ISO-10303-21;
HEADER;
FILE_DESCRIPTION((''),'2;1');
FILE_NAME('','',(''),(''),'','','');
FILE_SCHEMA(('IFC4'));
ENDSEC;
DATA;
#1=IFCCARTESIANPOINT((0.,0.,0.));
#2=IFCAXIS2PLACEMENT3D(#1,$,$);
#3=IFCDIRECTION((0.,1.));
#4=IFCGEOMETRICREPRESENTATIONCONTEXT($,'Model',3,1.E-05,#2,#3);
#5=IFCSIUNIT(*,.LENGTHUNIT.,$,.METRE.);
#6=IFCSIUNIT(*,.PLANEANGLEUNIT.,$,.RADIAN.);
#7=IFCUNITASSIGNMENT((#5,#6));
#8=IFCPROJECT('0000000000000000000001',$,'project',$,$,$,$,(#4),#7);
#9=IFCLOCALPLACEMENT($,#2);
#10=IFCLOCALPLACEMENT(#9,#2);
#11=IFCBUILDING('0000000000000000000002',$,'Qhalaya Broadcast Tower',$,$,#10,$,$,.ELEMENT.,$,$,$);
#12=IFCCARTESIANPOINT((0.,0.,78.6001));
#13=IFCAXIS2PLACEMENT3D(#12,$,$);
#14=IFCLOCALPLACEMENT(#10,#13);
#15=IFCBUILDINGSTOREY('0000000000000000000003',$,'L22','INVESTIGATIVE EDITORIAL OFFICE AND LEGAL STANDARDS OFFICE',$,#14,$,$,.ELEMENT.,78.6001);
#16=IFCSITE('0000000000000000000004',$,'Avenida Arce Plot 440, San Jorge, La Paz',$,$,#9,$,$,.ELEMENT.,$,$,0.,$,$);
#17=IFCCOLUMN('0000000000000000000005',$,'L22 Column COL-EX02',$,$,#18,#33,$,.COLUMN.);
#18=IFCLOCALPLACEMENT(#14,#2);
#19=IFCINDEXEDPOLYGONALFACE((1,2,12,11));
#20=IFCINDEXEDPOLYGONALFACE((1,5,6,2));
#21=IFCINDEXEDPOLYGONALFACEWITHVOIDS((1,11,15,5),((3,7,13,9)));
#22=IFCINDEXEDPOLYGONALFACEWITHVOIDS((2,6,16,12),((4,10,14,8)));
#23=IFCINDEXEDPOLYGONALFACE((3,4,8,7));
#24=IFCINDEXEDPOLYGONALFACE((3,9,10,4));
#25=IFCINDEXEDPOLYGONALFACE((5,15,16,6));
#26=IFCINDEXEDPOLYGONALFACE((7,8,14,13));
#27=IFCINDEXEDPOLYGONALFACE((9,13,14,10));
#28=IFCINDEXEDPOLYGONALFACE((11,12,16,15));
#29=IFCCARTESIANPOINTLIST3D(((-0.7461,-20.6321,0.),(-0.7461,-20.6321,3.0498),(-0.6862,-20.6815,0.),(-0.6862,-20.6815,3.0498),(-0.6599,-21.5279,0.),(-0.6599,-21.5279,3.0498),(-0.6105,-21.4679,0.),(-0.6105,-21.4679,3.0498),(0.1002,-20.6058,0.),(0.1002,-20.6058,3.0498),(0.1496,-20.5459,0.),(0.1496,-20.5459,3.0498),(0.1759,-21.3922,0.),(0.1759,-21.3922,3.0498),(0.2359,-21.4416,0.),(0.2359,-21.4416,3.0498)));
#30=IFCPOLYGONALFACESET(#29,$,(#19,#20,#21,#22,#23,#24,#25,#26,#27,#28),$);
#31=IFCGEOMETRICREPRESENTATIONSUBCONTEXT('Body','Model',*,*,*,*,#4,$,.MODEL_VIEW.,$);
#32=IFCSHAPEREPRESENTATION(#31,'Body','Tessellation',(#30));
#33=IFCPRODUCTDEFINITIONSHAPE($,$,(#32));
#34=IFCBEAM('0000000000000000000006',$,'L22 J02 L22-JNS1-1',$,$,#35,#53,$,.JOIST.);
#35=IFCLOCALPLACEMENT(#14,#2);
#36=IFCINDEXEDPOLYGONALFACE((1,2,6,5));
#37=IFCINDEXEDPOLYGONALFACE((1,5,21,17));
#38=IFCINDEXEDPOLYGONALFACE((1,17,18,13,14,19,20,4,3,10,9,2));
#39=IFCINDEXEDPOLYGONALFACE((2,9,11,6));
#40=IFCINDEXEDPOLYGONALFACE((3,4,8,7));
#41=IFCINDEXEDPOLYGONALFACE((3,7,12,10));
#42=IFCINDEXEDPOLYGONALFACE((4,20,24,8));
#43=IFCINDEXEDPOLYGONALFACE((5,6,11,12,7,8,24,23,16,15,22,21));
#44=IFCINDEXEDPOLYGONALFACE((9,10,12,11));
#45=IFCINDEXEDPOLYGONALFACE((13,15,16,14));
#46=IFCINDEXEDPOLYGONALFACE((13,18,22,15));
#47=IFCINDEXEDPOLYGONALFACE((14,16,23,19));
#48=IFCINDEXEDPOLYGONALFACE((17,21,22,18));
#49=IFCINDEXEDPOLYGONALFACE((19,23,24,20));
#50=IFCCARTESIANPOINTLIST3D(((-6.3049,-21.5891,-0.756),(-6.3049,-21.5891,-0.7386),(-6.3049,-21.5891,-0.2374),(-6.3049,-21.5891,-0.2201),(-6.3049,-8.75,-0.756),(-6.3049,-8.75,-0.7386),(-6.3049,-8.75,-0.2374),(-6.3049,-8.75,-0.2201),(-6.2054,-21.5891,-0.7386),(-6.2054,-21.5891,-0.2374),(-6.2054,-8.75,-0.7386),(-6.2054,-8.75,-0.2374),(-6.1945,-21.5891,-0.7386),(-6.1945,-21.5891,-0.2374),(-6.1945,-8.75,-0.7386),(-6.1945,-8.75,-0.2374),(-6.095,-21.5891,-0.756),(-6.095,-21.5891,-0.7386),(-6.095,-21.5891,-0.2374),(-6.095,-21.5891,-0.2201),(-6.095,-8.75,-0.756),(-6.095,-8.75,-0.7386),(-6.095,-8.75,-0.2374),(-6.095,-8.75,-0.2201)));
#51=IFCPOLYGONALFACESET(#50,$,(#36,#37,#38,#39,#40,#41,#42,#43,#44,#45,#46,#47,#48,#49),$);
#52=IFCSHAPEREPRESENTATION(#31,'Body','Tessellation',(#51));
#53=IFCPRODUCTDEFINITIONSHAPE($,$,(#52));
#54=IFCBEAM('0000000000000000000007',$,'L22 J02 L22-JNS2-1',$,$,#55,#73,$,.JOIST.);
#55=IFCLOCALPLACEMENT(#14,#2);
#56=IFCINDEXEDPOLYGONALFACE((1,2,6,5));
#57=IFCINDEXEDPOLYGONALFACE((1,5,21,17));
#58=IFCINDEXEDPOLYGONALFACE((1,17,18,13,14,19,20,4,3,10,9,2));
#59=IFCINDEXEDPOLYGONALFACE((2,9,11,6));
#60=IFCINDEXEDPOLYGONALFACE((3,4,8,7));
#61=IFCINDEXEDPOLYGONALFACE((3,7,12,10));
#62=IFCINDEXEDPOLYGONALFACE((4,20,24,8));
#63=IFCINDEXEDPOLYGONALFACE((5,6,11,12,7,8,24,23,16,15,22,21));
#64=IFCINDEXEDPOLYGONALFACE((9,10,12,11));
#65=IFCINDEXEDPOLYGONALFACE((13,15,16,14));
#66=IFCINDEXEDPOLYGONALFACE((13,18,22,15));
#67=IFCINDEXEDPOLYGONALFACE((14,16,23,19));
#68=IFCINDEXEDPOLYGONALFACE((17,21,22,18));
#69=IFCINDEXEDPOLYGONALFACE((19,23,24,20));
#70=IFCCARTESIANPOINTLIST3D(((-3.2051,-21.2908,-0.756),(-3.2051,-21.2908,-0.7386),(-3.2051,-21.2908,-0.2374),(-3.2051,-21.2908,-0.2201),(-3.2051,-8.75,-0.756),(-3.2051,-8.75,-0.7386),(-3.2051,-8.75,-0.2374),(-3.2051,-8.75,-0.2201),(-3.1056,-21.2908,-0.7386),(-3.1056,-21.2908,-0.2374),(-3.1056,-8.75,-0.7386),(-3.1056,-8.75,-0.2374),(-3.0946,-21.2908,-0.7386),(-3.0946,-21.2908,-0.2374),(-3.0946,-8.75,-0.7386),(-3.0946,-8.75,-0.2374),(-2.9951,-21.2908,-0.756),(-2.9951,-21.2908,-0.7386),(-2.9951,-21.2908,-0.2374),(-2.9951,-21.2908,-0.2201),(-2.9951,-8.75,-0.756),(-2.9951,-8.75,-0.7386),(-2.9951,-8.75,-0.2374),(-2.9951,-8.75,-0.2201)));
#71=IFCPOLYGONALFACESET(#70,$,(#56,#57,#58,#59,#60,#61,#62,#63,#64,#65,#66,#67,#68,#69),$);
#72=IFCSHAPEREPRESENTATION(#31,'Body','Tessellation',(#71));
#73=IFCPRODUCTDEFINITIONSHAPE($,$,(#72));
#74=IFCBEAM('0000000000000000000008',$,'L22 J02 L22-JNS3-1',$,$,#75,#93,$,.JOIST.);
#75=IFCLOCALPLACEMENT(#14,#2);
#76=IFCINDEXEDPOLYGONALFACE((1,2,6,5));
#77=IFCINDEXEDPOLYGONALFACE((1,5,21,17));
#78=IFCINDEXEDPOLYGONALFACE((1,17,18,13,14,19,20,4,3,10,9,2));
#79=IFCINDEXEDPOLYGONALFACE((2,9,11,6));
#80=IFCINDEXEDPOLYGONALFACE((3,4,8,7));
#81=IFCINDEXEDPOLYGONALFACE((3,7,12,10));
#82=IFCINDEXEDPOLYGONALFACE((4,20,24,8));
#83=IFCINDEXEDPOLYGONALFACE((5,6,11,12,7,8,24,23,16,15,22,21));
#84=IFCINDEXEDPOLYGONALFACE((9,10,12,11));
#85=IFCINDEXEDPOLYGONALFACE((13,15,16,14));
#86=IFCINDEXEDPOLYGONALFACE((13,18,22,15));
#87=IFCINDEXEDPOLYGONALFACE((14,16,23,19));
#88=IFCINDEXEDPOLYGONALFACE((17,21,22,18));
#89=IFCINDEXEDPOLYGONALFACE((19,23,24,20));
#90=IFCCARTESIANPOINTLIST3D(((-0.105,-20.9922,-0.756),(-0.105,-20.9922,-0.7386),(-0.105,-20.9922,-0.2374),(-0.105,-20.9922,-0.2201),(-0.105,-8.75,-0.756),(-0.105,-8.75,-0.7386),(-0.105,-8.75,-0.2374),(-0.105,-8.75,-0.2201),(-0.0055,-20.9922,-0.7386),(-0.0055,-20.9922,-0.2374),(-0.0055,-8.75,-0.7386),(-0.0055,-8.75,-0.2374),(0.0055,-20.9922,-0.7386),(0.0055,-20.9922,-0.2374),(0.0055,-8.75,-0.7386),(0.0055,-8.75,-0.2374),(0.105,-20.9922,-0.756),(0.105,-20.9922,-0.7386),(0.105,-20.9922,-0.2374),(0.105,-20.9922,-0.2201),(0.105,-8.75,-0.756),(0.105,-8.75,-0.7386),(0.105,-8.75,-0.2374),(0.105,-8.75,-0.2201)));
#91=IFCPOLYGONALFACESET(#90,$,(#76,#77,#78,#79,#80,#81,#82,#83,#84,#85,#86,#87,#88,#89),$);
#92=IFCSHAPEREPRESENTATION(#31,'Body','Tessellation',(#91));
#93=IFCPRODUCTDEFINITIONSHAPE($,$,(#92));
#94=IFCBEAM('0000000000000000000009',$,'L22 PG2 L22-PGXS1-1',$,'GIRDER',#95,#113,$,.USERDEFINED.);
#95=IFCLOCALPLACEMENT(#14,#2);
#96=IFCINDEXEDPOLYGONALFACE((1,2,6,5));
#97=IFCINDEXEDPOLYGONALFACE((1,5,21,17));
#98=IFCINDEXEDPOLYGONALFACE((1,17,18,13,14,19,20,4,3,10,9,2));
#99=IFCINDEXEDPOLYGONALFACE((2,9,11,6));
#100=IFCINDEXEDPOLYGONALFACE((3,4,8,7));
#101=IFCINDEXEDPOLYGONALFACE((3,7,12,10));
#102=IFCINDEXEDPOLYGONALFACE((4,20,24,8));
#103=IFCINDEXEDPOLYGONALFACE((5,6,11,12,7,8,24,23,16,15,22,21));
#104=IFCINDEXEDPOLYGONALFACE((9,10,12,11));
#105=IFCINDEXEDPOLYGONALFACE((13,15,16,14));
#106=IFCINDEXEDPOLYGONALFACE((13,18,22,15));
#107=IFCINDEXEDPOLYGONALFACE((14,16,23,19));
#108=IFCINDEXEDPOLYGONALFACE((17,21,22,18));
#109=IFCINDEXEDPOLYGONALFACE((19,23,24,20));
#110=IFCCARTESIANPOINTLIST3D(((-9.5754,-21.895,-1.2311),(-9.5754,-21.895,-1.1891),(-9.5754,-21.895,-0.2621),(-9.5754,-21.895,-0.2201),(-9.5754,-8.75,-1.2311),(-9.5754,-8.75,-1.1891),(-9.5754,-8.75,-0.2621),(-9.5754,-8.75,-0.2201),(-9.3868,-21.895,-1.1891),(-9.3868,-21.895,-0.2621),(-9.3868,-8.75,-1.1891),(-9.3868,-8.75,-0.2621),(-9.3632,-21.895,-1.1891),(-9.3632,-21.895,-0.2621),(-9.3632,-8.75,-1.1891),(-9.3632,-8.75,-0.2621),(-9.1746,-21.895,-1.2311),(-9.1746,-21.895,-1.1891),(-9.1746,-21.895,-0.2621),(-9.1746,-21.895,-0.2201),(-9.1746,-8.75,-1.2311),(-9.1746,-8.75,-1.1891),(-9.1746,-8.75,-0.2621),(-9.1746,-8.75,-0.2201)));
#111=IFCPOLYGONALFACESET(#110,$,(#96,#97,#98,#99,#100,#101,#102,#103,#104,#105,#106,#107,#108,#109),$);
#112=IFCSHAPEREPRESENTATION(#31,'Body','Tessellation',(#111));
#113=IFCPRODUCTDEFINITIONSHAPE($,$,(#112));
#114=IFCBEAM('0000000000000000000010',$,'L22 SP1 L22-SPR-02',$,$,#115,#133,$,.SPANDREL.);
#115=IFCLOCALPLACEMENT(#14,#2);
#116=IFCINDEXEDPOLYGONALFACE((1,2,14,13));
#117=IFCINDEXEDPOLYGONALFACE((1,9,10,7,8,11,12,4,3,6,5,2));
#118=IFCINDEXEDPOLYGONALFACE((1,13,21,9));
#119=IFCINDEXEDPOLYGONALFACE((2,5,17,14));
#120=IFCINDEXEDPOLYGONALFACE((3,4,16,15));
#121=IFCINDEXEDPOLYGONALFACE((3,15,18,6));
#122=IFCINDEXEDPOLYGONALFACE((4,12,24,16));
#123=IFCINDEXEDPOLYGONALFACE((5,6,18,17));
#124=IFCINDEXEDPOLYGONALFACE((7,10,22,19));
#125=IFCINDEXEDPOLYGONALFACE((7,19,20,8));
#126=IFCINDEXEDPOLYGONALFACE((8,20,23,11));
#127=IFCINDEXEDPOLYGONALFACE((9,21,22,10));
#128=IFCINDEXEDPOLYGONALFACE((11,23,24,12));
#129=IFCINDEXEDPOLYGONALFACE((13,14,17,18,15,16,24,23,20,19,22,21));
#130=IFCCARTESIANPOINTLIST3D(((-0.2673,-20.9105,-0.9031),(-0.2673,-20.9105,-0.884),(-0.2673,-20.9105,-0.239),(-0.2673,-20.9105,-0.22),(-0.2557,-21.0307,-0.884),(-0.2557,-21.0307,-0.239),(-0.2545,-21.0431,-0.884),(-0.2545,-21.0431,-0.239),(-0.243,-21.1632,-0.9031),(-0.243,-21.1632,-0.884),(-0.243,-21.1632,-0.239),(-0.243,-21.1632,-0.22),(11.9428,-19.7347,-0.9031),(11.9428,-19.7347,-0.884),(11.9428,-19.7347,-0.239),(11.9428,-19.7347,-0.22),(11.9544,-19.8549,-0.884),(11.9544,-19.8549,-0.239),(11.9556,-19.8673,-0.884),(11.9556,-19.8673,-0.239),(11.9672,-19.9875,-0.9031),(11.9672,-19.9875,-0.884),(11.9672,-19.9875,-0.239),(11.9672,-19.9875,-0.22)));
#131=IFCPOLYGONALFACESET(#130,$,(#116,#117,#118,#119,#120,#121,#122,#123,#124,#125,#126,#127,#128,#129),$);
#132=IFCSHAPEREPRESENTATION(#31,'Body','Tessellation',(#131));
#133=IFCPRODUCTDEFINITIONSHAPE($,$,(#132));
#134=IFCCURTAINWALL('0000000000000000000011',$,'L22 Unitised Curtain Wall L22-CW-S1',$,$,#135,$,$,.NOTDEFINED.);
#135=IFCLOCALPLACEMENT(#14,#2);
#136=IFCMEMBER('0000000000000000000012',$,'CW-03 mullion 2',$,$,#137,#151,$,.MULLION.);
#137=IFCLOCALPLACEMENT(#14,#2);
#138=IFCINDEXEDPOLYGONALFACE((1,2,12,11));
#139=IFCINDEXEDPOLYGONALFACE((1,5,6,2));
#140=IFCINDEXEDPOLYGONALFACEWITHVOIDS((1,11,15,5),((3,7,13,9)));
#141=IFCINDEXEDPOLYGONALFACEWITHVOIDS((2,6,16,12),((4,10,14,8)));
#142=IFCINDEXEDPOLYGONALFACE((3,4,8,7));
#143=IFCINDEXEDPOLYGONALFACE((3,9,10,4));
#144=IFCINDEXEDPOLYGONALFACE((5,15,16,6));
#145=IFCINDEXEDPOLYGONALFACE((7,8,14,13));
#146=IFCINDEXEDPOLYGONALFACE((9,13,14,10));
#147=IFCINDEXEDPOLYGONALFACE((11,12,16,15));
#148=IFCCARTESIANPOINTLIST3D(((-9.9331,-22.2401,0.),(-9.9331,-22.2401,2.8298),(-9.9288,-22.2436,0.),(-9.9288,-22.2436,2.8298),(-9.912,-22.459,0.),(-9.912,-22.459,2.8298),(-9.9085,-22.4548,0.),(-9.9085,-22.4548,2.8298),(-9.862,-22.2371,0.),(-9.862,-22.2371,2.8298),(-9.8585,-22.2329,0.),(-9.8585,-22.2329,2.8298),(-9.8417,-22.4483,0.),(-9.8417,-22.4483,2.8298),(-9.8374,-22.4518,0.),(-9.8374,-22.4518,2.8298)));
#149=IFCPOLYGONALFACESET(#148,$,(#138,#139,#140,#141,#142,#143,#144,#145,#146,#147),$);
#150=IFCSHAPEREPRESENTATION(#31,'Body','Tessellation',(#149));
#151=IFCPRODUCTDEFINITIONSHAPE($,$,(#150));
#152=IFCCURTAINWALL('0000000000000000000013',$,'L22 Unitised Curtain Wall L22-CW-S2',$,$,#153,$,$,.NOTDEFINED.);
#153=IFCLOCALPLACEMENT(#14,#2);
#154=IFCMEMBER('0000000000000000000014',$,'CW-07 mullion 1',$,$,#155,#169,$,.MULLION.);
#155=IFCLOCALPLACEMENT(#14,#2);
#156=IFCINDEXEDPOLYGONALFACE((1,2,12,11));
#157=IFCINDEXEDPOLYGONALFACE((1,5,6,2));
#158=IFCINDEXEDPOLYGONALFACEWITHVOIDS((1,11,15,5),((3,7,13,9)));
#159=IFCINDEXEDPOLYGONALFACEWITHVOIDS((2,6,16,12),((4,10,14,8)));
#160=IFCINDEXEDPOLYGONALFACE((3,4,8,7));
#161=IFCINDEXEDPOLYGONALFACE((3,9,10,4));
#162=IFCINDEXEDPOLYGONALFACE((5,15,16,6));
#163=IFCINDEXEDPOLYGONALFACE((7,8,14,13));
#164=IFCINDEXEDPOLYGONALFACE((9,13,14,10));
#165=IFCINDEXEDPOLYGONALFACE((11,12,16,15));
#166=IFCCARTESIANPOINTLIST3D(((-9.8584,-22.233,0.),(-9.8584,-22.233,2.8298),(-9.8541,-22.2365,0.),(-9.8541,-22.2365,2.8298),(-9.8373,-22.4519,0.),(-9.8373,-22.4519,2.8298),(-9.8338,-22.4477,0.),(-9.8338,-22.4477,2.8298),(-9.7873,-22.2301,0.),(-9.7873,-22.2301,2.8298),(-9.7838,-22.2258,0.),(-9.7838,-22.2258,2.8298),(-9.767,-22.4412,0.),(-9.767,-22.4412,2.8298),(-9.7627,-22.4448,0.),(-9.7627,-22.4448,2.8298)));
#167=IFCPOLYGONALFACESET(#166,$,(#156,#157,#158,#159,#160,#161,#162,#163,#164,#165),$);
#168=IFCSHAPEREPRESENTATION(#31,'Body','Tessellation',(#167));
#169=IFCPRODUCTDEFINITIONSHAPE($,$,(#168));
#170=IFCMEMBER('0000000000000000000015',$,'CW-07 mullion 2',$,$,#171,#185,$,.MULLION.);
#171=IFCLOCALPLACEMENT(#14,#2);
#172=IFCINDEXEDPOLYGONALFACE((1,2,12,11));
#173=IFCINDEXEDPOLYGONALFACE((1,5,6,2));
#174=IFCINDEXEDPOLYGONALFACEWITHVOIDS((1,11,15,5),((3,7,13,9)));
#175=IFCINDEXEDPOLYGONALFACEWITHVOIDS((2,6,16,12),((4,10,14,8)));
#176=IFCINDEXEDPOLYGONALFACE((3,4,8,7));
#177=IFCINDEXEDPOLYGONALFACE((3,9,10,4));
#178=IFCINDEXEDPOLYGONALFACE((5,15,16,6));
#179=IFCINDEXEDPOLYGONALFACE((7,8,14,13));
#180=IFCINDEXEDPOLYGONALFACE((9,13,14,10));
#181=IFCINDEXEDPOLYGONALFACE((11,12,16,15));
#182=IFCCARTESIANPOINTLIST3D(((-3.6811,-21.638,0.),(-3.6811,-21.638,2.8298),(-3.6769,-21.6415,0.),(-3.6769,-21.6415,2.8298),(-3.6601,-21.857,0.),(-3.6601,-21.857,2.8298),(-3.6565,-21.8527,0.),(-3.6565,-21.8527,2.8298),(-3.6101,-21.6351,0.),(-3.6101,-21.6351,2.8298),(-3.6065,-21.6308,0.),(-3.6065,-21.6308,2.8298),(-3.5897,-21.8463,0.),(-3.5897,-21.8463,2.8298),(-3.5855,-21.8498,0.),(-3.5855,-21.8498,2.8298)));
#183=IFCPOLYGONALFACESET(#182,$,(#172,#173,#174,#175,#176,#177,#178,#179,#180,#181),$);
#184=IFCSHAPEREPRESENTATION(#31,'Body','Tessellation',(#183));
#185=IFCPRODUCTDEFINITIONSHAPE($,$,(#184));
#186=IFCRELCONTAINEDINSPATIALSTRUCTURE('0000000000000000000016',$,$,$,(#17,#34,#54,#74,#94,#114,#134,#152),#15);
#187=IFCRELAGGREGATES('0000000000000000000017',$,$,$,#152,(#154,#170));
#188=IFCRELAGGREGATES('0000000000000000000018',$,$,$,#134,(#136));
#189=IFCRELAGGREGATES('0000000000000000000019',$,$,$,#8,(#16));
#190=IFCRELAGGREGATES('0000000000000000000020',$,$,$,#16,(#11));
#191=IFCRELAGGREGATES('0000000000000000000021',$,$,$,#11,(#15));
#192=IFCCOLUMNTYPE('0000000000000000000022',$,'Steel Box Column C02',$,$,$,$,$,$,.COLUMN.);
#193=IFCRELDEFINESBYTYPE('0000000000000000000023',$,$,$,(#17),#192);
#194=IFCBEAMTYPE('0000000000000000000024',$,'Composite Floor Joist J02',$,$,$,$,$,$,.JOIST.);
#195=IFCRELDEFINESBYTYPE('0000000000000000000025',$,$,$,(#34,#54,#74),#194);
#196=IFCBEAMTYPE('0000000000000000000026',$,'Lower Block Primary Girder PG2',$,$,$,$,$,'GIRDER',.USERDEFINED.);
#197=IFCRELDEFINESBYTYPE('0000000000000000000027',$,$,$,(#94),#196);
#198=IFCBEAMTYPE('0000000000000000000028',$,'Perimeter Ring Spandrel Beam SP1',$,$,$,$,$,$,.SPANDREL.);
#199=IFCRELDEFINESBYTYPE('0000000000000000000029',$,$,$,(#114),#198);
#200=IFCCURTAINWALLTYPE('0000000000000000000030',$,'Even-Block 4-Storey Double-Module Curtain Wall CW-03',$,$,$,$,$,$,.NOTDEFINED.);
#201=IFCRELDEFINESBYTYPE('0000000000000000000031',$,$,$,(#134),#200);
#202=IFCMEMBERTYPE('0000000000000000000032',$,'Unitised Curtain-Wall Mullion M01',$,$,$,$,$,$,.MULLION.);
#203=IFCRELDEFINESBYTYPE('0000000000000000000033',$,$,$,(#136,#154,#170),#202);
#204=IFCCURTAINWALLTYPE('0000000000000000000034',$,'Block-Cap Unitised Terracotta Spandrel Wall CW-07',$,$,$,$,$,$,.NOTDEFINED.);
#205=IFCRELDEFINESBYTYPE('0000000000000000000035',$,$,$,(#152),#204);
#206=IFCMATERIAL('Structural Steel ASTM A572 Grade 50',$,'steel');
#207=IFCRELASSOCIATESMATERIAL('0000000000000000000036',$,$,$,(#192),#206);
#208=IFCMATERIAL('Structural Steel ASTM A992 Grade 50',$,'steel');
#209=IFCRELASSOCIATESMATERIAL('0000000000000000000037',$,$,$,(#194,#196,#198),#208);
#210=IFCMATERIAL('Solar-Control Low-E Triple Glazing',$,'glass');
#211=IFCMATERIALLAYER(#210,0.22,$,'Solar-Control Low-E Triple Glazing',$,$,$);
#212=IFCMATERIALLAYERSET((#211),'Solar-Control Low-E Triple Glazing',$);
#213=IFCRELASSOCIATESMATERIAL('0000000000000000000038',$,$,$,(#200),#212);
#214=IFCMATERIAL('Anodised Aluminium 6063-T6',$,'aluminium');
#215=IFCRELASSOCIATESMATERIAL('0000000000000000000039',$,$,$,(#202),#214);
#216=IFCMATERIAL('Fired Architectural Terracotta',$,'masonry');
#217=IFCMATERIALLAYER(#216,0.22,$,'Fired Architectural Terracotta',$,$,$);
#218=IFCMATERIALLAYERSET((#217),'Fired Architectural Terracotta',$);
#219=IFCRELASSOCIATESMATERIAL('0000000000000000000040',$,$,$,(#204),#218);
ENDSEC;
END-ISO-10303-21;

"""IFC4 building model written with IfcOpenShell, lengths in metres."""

from ifc_helpers import new_model, si_unit, direction, frame, origin, origin_2d, place, context, subcontext, project, spatial, hollow_rectangle, i_section, extrude, material, layer, layer_set, material_profile, profile_set, type_object, element, aggregate, save


model = new_model("IFC4")

# Units and contexts
model_context = context("Model", 3, precision=1e-05, world=origin(), true_north=direction((0.0, 1.0)))
body_context = subcontext(model_context, "Body", "Model", "MODEL_VIEW")
ifc_project = project(units=[si_unit("LENGTHUNIT", "METRE"), si_unit("PLANEANGLEUNIT", "RADIAN")], contexts=[model_context])

# Site, building, storey
site_placement = place(None, origin())
site = spatial("IfcSite", under=ifc_project, at=site_placement, Name="Avenida Arce Plot 440, San Jorge, La Paz", CompositionType="ELEMENT", RefElevation=0.0)
building_placement = place(site_placement, origin())
building = spatial("IfcBuilding", under=site, at=building_placement, Name="Qhalaya Broadcast Tower", CompositionType="ELEMENT")
storey_placement = place(building_placement, frame((0.0, 0.0, 78.6001)))
storey = spatial("IfcBuildingStorey", under=building, at=storey_placement, Name="L22", Description="INVESTIGATIVE EDITORIAL OFFICE AND LEGAL STANDARDS OFFICE", CompositionType="ELEMENT", Elevation=78.6001)

# Column
ifc_material_1 = material(Name="Structural Steel ASTM A572 Grade 50", Category="steel")
ifc_material_profile_1 = material_profile(ifc_material_1, hollow_rectangle(XDim=0.8999, YDim=0.8999, WallThickness=0.0549, at=origin_2d()), Name="BOX 900x900x55")
ifc_profile_set_1 = profile_set([ifc_material_profile_1], Name="Structural Steel ASTM A572 Grade 50")
column_type = type_object("IfcColumnType", Name="Steel Box Column C02", PredefinedType="COLUMN", material=ifc_profile_set_1)
column_placement = place(storey_placement, frame((-0.2551, -21.0369, 0.0), z_axis=(0.0, 0.0, 1.0), x_axis=(0.995396, 0.095846, 0.0)))
element("IfcColumn", 1, at=column_placement, inside=storey, type_object=column_type, Name="L22 Column COL-EX02", PredefinedType="COLUMN", context=body_context, shape_type="SweptSolid", body=[
    extrude(hollow_rectangle(XDim=0.8999, YDim=0.8999, WallThickness=0.0549, at=origin_2d()), origin(), (0.0, 0.0, 1.0), 3.0498),
])

# Beams
ifc_material_2 = material(Name="Structural Steel ASTM A992 Grade 50", Category="steel")
ifc_material_profile_2 = material_profile(ifc_material_2, i_section(OverallWidth=0.21, OverallDepth=0.5359, WebThickness=0.011, FlangeThickness=0.0173, at=origin_2d()), Name="W21X68")
ifc_profile_set_2 = profile_set([ifc_material_profile_2], Name="Structural Steel ASTM A992 Grade 50")
beam_type_1 = type_object("IfcBeamType", Name="Composite Floor Joist J02", PredefinedType="JOIST", material=ifc_profile_set_2)
beam_1_placement = place(storey_placement, frame((-6.2, -21.5891, -0.488), z_axis=(0.0, 1.0, 0.0), x_axis=(-1.0, 0.0, 0.0)))
element("IfcBeam", 2, at=beam_1_placement, inside=storey, type_object=beam_type_1, Name="L22 J02 L22-JNS1-1", PredefinedType="JOIST", context=body_context, shape_type="SweptSolid", body=[
    extrude(i_section(OverallWidth=0.21, OverallDepth=0.5359, WebThickness=0.011, FlangeThickness=0.0173, at=origin_2d()), origin(), (0.0, 0.0, 1.0), 12.8391),
])
beam_2_placement = place(storey_placement, frame((-3.1001, -21.2908, -0.488), z_axis=(0.0, 1.0, 0.0), x_axis=(-1.0, 0.0, 0.0)))
element("IfcBeam", 3, at=beam_2_placement, inside=storey, type_object=beam_type_1, Name="L22 J02 L22-JNS2-1", PredefinedType="JOIST", context=body_context, shape_type="SweptSolid", body=[
    extrude(i_section(OverallWidth=0.21, OverallDepth=0.5359, WebThickness=0.011, FlangeThickness=0.0173, at=origin_2d()), origin(), (0.0, 0.0, 1.0), 12.5408),
])
beam_3_placement = place(storey_placement, frame((0.0, -20.9922, -0.488), z_axis=(0.0, 1.0, 0.0), x_axis=(-1.0, 0.0, 0.0)))
element("IfcBeam", 4, at=beam_3_placement, inside=storey, type_object=beam_type_1, Name="L22 J02 L22-JNS3-1", PredefinedType="JOIST", context=body_context, shape_type="SweptSolid", body=[
    extrude(i_section(OverallWidth=0.21, OverallDepth=0.5359, WebThickness=0.011, FlangeThickness=0.0173, at=origin_2d()), origin(), (0.0, 0.0, 1.0), 12.2422),
])
ifc_material_profile_3 = material_profile(ifc_material_2, i_section(OverallWidth=0.4009, OverallDepth=1.011, WebThickness=0.0237, FlangeThickness=0.042, at=origin_2d()), Name="W40X297")
ifc_profile_set_3 = profile_set([ifc_material_profile_3], Name="Structural Steel ASTM A992 Grade 50")
beam_type_2 = type_object("IfcBeamType", Name="Lower Block Primary Girder PG2", ElementType="GIRDER", PredefinedType="USERDEFINED", material=ifc_profile_set_3)
beam_4_placement = place(storey_placement, frame((-9.375, -21.895, -0.7256), z_axis=(0.0, 1.0, 0.0), x_axis=(-1.0, 0.0, 0.0)))
element("IfcBeam", 5, at=beam_4_placement, inside=storey, type_object=beam_type_2, Name="L22 PG2 L22-PGXS1-1", ObjectType="GIRDER", PredefinedType="USERDEFINED", context=body_context, shape_type="SweptSolid", body=[
    extrude(i_section(OverallWidth=0.4009, OverallDepth=1.011, WebThickness=0.0237, FlangeThickness=0.042, at=origin_2d()), origin(), (0.0, 0.0, 1.0), 13.145),
])
ifc_material_profile_4 = material_profile(ifc_material_2, i_section(OverallWidth=0.2539, OverallDepth=0.6831, WebThickness=0.0125, FlangeThickness=0.019, at=origin_2d()), Name="W27X94")
ifc_profile_set_4 = profile_set([ifc_material_profile_4], Name="Structural Steel ASTM A992 Grade 50")
beam_type_3 = type_object("IfcBeamType", Name="Perimeter Ring Spandrel Beam SP1", PredefinedType="SPANDREL", material=ifc_profile_set_4)
beam_5_placement = place(storey_placement, frame((-0.2551, -21.0369, -0.5615), z_axis=(0.995396, 0.095852, 0.0), x_axis=(-0.095852, 0.995396, 0.0)))
element("IfcBeam", 6, at=beam_5_placement, inside=storey, type_object=beam_type_3, Name="L22 SP1 L22-SPR-02", PredefinedType="SPANDREL", context=body_context, shape_type="SweptSolid", body=[
    extrude(i_section(OverallWidth=0.2539, OverallDepth=0.6831, WebThickness=0.0125, FlangeThickness=0.019, at=origin_2d()), origin(), (0.0, 0.0, 1.0), 12.2666),
])

# Curtain wall, member
ifc_material_3 = material(Name="Solar-Control Low-E Triple Glazing", Category="glass")
ifc_layer_1 = layer(ifc_material_3, 0.22, Name="Solar-Control Low-E Triple Glazing")
ifc_layer_set_1 = layer_set([ifc_layer_1], Name="Solar-Control Low-E Triple Glazing")
curtain_wall_type_1 = type_object("IfcCurtainWallType", Name="Even-Block 4-Storey Double-Module Curtain Wall CW-03", PredefinedType="NOTDEFINED", material=ifc_layer_set_1)
curtain_wall_1_placement = place(storey_placement, origin())
curtain_wall_1 = element("IfcCurtainWall", 7, at=curtain_wall_1_placement, inside=storey, type_object=curtain_wall_type_1, Name="L22 Unitised Curtain Wall L22-CW-S1", PredefinedType="NOTDEFINED")
ifc_material_4 = material(Name="Anodised Aluminium 6063-T6", Category="aluminium")
ifc_material_profile_5 = material_profile(ifc_material_4, hollow_rectangle(XDim=0.075, YDim=0.22, WallThickness=0.0039, at=origin_2d()), Name="ALU-MUL 75x220x4")
ifc_profile_set_5 = profile_set([ifc_material_profile_5], Name="Anodised Aluminium 6063-T6")
member_type_1 = type_object("IfcMemberType", Name="Unitised Curtain-Wall Mullion M01", PredefinedType="MULLION", material=ifc_profile_set_5)
member_1_placement = place(storey_placement, frame((-9.8853, -22.3459, 0.0), z_axis=(0.0, 0.0, 1.0), x_axis=(0.995398, 0.095829, 0.0)))
member_1 = element("IfcMember", 8, at=member_1_placement, type_object=member_type_1, Name="CW-03 mullion 2", PredefinedType="MULLION", context=body_context, shape_type="SweptSolid", body=[
    extrude(hollow_rectangle(XDim=0.075, YDim=0.22, WallThickness=0.0039, at=origin_2d()), origin(), (0.0, 0.0, 1.0), 2.8298),
])

# Curtain wall, members
ifc_material_5 = material(Name="Fired Architectural Terracotta", Category="masonry")
ifc_layer_2 = layer(ifc_material_5, 0.22, Name="Fired Architectural Terracotta")
ifc_layer_set_2 = layer_set([ifc_layer_2], Name="Fired Architectural Terracotta")
curtain_wall_type_2 = type_object("IfcCurtainWallType", Name="Block-Cap Unitised Terracotta Spandrel Wall CW-07", PredefinedType="NOTDEFINED", material=ifc_layer_set_2)
curtain_wall_2_placement = place(storey_placement, origin())
curtain_wall_2 = element("IfcCurtainWall", 9, at=curtain_wall_2_placement, inside=storey, type_object=curtain_wall_type_2, Name="L22 Unitised Curtain Wall L22-CW-S2", PredefinedType="NOTDEFINED")
member_2_placement = place(storey_placement, frame((-9.8105, -22.3389, 0.0), z_axis=(0.0, 0.0, 1.0), x_axis=(0.995395, 0.095862, 0.0)))
member_2 = element("IfcMember", 10, at=member_2_placement, type_object=member_type_1, Name="CW-07 mullion 1", PredefinedType="MULLION", context=body_context, shape_type="SweptSolid", body=[
    extrude(hollow_rectangle(XDim=0.075, YDim=0.22, WallThickness=0.0039, at=origin_2d()), origin(), (0.0, 0.0, 1.0), 2.8298),
])
member_3_placement = place(storey_placement, frame((-3.6333, -21.7439, 0.0), z_axis=(0.0, 0.0, 1.0), x_axis=(0.995395, 0.095862, 0.0)))
member_3 = element("IfcMember", 11, at=member_3_placement, type_object=member_type_1, Name="CW-07 mullion 2", PredefinedType="MULLION", context=body_context, shape_type="SweptSolid", body=[
    extrude(hollow_rectangle(XDim=0.075, YDim=0.22, WallThickness=0.0039, at=origin_2d()), origin(), (0.0, 0.0, 1.0), 2.8298),
])

aggregate(curtain_wall_2, [member_2, member_3])
aggregate(curtain_wall_1, [member_1])

save(model, "model.ifc")
